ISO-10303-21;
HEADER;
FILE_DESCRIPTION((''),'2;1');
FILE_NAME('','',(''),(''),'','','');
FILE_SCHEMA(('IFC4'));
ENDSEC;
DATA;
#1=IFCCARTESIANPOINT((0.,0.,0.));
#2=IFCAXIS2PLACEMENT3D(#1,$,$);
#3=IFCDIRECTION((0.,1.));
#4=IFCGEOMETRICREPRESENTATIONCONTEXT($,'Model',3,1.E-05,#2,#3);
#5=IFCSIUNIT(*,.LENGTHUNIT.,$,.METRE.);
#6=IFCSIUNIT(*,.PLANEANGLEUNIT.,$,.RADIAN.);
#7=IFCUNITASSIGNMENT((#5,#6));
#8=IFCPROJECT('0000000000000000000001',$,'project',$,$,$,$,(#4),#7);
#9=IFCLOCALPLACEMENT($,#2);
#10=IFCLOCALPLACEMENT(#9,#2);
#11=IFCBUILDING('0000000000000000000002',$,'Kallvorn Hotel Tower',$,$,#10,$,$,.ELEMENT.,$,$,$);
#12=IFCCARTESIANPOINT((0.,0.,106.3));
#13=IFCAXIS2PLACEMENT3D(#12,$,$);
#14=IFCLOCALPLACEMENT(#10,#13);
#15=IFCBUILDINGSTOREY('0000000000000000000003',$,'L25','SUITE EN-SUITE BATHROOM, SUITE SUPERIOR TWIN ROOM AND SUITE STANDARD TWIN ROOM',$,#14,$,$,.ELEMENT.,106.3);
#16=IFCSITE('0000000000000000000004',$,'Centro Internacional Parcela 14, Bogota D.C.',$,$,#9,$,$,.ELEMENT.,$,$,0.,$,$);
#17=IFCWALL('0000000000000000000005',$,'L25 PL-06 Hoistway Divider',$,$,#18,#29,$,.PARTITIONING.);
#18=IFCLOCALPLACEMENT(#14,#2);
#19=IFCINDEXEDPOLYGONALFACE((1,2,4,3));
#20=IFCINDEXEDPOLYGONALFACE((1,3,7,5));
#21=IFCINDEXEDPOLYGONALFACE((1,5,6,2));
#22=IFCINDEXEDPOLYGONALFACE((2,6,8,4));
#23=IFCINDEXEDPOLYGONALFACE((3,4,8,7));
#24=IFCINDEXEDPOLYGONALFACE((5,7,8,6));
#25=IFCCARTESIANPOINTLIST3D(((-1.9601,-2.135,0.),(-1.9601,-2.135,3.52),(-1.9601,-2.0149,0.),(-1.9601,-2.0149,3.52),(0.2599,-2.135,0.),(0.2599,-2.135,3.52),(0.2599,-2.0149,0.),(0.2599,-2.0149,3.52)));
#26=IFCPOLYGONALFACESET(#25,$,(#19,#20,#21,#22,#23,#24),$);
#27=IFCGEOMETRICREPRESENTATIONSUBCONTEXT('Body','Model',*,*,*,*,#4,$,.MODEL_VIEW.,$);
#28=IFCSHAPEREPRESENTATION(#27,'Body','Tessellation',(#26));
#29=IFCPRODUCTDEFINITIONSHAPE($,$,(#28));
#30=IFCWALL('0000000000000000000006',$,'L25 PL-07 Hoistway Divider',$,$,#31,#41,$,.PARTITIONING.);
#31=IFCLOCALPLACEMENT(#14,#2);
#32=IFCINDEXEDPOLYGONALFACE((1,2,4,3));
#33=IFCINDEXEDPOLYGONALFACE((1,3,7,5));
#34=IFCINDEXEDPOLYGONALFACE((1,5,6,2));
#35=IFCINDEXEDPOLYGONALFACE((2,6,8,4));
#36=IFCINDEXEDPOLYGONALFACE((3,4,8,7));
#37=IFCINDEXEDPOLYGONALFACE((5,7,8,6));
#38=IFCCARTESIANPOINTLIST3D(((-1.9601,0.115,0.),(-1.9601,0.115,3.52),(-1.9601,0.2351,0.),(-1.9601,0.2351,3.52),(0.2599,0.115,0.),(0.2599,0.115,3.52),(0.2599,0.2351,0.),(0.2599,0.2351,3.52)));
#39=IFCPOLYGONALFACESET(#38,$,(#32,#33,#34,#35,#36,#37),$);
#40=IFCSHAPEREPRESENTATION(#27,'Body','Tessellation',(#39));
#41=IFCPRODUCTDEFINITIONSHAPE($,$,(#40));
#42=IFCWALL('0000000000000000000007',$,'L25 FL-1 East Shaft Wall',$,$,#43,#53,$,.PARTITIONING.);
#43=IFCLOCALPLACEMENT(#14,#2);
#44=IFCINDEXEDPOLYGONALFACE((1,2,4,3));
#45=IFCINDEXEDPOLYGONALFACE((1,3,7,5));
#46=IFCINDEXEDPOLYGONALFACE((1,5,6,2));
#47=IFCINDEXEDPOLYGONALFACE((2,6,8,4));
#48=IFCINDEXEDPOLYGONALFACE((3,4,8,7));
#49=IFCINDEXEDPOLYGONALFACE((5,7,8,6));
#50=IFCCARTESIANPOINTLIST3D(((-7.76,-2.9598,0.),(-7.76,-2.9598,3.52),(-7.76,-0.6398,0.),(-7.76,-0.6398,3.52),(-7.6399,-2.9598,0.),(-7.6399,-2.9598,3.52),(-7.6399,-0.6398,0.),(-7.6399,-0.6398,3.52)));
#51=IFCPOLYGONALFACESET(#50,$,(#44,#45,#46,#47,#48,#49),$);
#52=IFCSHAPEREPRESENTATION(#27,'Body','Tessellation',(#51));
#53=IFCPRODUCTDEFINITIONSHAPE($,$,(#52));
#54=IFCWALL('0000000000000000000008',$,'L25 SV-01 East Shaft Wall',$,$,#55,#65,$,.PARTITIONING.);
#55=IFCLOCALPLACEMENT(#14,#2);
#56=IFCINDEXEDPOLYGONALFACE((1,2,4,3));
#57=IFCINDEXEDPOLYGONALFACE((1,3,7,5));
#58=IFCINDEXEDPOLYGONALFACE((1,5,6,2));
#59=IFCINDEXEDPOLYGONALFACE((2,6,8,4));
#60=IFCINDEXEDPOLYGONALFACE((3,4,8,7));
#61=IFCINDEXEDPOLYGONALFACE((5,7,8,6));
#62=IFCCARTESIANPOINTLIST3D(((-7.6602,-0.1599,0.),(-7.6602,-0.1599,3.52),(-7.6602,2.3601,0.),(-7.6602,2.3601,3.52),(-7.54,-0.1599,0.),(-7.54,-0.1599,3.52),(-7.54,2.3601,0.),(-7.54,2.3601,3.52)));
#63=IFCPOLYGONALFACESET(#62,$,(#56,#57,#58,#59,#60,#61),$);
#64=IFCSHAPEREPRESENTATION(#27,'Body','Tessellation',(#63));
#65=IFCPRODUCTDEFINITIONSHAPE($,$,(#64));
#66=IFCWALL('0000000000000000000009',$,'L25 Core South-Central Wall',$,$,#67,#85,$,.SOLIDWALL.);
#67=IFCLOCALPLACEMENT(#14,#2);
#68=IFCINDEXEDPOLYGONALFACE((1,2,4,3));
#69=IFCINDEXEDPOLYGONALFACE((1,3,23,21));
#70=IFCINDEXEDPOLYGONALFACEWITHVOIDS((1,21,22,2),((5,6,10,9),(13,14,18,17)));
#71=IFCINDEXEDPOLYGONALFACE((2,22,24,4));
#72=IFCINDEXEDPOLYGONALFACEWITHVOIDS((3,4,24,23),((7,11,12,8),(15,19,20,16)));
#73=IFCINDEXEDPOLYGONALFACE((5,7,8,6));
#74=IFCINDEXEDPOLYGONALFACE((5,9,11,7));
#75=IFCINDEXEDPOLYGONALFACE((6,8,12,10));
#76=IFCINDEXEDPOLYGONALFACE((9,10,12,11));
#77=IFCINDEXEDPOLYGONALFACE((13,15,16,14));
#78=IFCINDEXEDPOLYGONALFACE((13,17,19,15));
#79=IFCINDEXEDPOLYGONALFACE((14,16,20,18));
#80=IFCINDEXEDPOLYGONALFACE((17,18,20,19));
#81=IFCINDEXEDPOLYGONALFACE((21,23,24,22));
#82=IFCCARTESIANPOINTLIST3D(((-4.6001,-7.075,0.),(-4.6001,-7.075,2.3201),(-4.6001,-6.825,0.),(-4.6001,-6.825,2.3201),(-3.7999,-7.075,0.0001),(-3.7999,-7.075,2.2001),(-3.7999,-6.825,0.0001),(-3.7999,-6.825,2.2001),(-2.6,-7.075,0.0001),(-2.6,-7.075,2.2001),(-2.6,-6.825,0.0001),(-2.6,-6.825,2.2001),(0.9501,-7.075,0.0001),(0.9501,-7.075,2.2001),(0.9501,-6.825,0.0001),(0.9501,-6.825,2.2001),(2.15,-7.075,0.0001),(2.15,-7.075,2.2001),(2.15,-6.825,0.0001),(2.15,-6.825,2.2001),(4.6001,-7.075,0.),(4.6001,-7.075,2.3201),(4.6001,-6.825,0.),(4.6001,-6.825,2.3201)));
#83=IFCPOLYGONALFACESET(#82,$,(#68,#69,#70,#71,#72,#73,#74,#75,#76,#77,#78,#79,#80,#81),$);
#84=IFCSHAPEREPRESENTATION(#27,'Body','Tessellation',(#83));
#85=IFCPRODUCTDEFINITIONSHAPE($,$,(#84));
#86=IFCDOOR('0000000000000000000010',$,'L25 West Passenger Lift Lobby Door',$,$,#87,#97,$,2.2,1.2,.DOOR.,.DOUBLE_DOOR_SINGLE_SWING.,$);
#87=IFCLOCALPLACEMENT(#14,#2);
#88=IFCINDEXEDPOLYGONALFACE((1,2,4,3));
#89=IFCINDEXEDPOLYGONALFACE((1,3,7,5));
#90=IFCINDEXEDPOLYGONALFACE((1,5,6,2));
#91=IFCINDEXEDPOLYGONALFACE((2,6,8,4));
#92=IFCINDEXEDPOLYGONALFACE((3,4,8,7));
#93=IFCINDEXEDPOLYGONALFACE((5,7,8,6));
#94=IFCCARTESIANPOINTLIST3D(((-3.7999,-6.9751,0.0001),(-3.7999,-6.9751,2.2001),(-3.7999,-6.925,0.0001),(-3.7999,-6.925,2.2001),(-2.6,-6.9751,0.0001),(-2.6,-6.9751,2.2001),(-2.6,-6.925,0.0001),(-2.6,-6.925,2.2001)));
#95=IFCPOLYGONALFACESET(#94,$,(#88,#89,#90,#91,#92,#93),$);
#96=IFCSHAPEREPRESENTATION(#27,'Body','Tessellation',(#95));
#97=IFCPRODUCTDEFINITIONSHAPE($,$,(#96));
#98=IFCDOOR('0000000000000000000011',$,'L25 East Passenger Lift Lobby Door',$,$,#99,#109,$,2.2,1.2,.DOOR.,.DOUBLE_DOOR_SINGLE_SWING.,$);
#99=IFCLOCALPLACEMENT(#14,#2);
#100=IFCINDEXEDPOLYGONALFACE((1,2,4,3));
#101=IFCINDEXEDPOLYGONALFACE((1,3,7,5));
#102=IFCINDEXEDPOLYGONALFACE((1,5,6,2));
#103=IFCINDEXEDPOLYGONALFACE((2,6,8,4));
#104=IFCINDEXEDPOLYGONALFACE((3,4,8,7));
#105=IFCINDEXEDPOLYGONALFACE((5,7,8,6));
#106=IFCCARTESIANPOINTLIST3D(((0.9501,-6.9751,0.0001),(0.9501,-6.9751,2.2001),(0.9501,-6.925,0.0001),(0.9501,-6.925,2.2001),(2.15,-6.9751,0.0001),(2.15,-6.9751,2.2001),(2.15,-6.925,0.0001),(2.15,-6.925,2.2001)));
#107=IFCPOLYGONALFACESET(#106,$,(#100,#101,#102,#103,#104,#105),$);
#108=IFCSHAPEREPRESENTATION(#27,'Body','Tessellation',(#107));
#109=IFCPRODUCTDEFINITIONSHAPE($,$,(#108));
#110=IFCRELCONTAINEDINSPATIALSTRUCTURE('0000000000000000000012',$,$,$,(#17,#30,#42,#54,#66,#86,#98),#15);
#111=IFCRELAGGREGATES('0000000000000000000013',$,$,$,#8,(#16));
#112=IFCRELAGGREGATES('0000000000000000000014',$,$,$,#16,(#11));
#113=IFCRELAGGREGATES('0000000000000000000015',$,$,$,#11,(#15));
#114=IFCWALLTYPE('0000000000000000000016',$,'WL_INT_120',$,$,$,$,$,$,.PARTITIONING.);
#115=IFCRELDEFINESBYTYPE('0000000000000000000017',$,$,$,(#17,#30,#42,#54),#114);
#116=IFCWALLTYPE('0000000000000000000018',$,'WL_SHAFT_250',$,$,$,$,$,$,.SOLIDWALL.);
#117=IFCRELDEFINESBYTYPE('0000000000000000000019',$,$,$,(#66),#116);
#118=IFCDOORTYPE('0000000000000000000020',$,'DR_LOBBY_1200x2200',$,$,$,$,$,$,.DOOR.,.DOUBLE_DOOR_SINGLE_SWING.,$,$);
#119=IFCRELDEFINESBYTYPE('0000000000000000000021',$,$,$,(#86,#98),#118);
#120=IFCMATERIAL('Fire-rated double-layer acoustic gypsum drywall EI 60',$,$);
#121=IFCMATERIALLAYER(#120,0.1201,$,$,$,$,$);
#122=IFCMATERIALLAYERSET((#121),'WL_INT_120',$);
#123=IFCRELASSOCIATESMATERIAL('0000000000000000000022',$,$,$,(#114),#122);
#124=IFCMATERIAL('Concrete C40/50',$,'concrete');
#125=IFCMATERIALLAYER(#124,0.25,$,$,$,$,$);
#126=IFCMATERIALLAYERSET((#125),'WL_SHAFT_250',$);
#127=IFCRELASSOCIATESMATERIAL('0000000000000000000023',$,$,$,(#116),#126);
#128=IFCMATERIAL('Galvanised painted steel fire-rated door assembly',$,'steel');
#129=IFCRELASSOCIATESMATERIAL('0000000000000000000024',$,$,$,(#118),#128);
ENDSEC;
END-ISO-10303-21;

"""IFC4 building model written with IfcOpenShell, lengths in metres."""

from ifc_helpers import new_model, si_unit, direction, frame, frame_2d, origin, place, context, subcontext, project, spatial, rectangle, extrude, material, layer, layer_set, type_object, element, fill, save


model = new_model("IFC4")

# Units and contexts
model_context = context("Model", 3, precision=1e-05, world=origin(), true_north=direction((0.0, 1.0)))
body_context = subcontext(model_context, "Body", "Model", "MODEL_VIEW")
ifc_project = project(units=[si_unit("LENGTHUNIT", "METRE"), si_unit("PLANEANGLEUNIT", "RADIAN")], contexts=[model_context])

# Site, building, storey
site_placement = place(None, origin())
site = spatial("IfcSite", under=ifc_project, at=site_placement, Name="Centro Internacional Parcela 14, Bogota D.C.", CompositionType="ELEMENT", RefElevation=0.0)
building_placement = place(site_placement, origin())
building = spatial("IfcBuilding", under=site, at=building_placement, Name="Kallvorn Hotel Tower", CompositionType="ELEMENT")
storey_placement = place(building_placement, frame((0.0, 0.0, 106.3)))
storey = spatial("IfcBuildingStorey", under=building, at=storey_placement, Name="L25", Description="SUITE EN-SUITE BATHROOM, SUITE SUPERIOR TWIN ROOM AND SUITE STANDARD TWIN ROOM", CompositionType="ELEMENT", Elevation=106.3)

# Walls
ifc_material_1 = material(Name="Fire-rated double-layer acoustic gypsum drywall EI 60")
ifc_layer_1 = layer(ifc_material_1, 0.1201)
ifc_layer_set_1 = layer_set([ifc_layer_1], Name="WL_INT_120")
wall_type_1 = type_object("IfcWallType", Name="WL_INT_120", PredefinedType="PARTITIONING", material=ifc_layer_set_1)
for number, where, z_axis, x_axis, name in (
    (1, (-1.96, -2.075, 0.0), (0.0, 0.0, 1.0), (1.0, 0.0, 0.0), "L25 PL-06 Hoistway Divider"),
    (2, (-1.96, 0.175, 0.0), (0.0, 0.0, 1.0), (1.0, 0.0, 0.0), "L25 PL-07 Hoistway Divider"),
):
    element("IfcWall", number, at=place(storey_placement, frame(where, z_axis=z_axis, x_axis=x_axis)), inside=storey, type_object=wall_type_1, Name=name, PredefinedType="PARTITIONING", context=body_context, shape_type="SweptSolid", body=[
        extrude(rectangle(XDim=2.22, YDim=0.1201, at=frame_2d((1.1099, 0.0))), origin(), (0.0, 0.0, 1.0), 3.52),
    ])
wall_1_placement = place(storey_placement, frame((-7.7, -2.96, 0.0), z_axis=(0.0, 0.0, 1.0), x_axis=(0.0, 1.0, 0.0)))
element("IfcWall", 3, at=wall_1_placement, inside=storey, type_object=wall_type_1, Name="L25 FL-1 East Shaft Wall", PredefinedType="PARTITIONING", context=body_context, shape_type="SweptSolid", body=[
    extrude(rectangle(XDim=2.3201, YDim=0.1201, at=frame_2d((1.1602, 0.0))), origin(), (0.0, 0.0, 1.0), 3.52),
])
wall_2_placement = place(storey_placement, frame((-7.6001, -0.1599, 0.0), z_axis=(0.0, 0.0, 1.0), x_axis=(0.0, 1.0, 0.0)))
element("IfcWall", 4, at=wall_2_placement, inside=storey, type_object=wall_type_1, Name="L25 SV-01 East Shaft Wall", PredefinedType="PARTITIONING", context=body_context, shape_type="SweptSolid", body=[
    extrude(rectangle(XDim=2.52, YDim=0.1201, at=frame_2d((1.26, 0.0))), origin(), (0.0, 0.0, 1.0), 3.52),
])

# Wall, openings, doors
ifc_material_2 = material(Name="Concrete C40/50", Category="concrete")
ifc_layer_2 = layer(ifc_material_2, 0.25)
ifc_layer_set_2 = layer_set([ifc_layer_2], Name="WL_SHAFT_250")
wall_type_2 = type_object("IfcWallType", Name="WL_SHAFT_250", PredefinedType="SOLIDWALL", material=ifc_layer_set_2)
wall_3_placement = place(storey_placement, frame((-4.6001, -6.95, 0.0), z_axis=(0.0, 0.0, 1.0), x_axis=(1.0, 0.0, 0.0)))
wall_3 = element("IfcWall", 5, at=wall_3_placement, inside=storey, type_object=wall_type_2, Name="L25 Core South-Central Wall", PredefinedType="SOLIDWALL", context=body_context, shape_type="SweptSolid", body=[
    extrude(rectangle(XDim=9.2002, YDim=0.25, at=frame_2d((4.6001, 0.0))), origin(), (0.0, 0.0, 1.0), 2.3201),
])
opening_1_placement = place(wall_3_placement, frame((0.8, 0.0, 0.0)))
opening_1 = element("IfcOpeningElement", 6, at=opening_1_placement, cuts=wall_3, PredefinedType="OPENING", context=body_context, shape_type="SweptSolid", body=[
    extrude(rectangle(XDim=1.2, YDim=2.2, at=frame_2d((0.6001, 1.1001))), frame((0.0, 0.1399, 0.0), z_axis=(0.0, -1.0, 0.0), x_axis=(1.0, 0.0, 0.0)), (0.0, 0.0, 1.0), 0.28),
])
opening_2_placement = place(wall_3_placement, frame((5.55, 0.0, 0.0)))
opening_2 = element("IfcOpeningElement", 7, at=opening_2_placement, cuts=wall_3, PredefinedType="OPENING", context=body_context, shape_type="SweptSolid", body=[
    extrude(rectangle(XDim=1.2, YDim=2.2, at=frame_2d((0.6001, 1.1001))), frame((0.0, 0.1399, 0.0), z_axis=(0.0, -1.0, 0.0), x_axis=(1.0, 0.0, 0.0)), (0.0, 0.0, 1.0), 0.28),
])
ifc_material_3 = material(Name="Galvanised painted steel fire-rated door assembly", Category="steel")
door_type_1 = type_object("IfcDoorType", Name="DR_LOBBY_1200x2200", OperationType="DOUBLE_DOOR_SINGLE_SWING", PredefinedType="DOOR", material=ifc_material_3)
door_1_placement = place(opening_1_placement, origin())
door_1 = element("IfcDoor", 8, at=door_1_placement, inside=storey, type_object=door_type_1, Name="L25 West Passenger Lift Lobby Door", OperationType="DOUBLE_DOOR_SINGLE_SWING", OverallHeight=2.2, OverallWidth=1.2, PredefinedType="DOOR", context=body_context, shape_type="SweptSolid", body=[
    extrude(rectangle(XDim=1.2, YDim=2.2, at=frame_2d((0.6001, 1.1001))), frame((0.0, 0.0249, 0.0), z_axis=(0.0, -1.0, 0.0), x_axis=(1.0, 0.0, 0.0)), (0.0, 0.0, 1.0), 0.05),
])
fill(opening_1, door_1)
door_2_placement = place(opening_2_placement, origin())
door_2 = element("IfcDoor", 9, at=door_2_placement, inside=storey, type_object=door_type_1, Name="L25 East Passenger Lift Lobby Door", OperationType="DOUBLE_DOOR_SINGLE_SWING", OverallHeight=2.2, OverallWidth=1.2, PredefinedType="DOOR", context=body_context, shape_type="SweptSolid", body=[
    extrude(rectangle(XDim=1.2, YDim=2.2, at=frame_2d((0.6001, 1.1001))), frame((0.0, 0.0249, 0.0), z_axis=(0.0, -1.0, 0.0), x_axis=(1.0, 0.0, 0.0)), (0.0, 0.0, 1.0), 0.05),
])
fill(opening_2, door_2)

save(model, "model.ifc")
